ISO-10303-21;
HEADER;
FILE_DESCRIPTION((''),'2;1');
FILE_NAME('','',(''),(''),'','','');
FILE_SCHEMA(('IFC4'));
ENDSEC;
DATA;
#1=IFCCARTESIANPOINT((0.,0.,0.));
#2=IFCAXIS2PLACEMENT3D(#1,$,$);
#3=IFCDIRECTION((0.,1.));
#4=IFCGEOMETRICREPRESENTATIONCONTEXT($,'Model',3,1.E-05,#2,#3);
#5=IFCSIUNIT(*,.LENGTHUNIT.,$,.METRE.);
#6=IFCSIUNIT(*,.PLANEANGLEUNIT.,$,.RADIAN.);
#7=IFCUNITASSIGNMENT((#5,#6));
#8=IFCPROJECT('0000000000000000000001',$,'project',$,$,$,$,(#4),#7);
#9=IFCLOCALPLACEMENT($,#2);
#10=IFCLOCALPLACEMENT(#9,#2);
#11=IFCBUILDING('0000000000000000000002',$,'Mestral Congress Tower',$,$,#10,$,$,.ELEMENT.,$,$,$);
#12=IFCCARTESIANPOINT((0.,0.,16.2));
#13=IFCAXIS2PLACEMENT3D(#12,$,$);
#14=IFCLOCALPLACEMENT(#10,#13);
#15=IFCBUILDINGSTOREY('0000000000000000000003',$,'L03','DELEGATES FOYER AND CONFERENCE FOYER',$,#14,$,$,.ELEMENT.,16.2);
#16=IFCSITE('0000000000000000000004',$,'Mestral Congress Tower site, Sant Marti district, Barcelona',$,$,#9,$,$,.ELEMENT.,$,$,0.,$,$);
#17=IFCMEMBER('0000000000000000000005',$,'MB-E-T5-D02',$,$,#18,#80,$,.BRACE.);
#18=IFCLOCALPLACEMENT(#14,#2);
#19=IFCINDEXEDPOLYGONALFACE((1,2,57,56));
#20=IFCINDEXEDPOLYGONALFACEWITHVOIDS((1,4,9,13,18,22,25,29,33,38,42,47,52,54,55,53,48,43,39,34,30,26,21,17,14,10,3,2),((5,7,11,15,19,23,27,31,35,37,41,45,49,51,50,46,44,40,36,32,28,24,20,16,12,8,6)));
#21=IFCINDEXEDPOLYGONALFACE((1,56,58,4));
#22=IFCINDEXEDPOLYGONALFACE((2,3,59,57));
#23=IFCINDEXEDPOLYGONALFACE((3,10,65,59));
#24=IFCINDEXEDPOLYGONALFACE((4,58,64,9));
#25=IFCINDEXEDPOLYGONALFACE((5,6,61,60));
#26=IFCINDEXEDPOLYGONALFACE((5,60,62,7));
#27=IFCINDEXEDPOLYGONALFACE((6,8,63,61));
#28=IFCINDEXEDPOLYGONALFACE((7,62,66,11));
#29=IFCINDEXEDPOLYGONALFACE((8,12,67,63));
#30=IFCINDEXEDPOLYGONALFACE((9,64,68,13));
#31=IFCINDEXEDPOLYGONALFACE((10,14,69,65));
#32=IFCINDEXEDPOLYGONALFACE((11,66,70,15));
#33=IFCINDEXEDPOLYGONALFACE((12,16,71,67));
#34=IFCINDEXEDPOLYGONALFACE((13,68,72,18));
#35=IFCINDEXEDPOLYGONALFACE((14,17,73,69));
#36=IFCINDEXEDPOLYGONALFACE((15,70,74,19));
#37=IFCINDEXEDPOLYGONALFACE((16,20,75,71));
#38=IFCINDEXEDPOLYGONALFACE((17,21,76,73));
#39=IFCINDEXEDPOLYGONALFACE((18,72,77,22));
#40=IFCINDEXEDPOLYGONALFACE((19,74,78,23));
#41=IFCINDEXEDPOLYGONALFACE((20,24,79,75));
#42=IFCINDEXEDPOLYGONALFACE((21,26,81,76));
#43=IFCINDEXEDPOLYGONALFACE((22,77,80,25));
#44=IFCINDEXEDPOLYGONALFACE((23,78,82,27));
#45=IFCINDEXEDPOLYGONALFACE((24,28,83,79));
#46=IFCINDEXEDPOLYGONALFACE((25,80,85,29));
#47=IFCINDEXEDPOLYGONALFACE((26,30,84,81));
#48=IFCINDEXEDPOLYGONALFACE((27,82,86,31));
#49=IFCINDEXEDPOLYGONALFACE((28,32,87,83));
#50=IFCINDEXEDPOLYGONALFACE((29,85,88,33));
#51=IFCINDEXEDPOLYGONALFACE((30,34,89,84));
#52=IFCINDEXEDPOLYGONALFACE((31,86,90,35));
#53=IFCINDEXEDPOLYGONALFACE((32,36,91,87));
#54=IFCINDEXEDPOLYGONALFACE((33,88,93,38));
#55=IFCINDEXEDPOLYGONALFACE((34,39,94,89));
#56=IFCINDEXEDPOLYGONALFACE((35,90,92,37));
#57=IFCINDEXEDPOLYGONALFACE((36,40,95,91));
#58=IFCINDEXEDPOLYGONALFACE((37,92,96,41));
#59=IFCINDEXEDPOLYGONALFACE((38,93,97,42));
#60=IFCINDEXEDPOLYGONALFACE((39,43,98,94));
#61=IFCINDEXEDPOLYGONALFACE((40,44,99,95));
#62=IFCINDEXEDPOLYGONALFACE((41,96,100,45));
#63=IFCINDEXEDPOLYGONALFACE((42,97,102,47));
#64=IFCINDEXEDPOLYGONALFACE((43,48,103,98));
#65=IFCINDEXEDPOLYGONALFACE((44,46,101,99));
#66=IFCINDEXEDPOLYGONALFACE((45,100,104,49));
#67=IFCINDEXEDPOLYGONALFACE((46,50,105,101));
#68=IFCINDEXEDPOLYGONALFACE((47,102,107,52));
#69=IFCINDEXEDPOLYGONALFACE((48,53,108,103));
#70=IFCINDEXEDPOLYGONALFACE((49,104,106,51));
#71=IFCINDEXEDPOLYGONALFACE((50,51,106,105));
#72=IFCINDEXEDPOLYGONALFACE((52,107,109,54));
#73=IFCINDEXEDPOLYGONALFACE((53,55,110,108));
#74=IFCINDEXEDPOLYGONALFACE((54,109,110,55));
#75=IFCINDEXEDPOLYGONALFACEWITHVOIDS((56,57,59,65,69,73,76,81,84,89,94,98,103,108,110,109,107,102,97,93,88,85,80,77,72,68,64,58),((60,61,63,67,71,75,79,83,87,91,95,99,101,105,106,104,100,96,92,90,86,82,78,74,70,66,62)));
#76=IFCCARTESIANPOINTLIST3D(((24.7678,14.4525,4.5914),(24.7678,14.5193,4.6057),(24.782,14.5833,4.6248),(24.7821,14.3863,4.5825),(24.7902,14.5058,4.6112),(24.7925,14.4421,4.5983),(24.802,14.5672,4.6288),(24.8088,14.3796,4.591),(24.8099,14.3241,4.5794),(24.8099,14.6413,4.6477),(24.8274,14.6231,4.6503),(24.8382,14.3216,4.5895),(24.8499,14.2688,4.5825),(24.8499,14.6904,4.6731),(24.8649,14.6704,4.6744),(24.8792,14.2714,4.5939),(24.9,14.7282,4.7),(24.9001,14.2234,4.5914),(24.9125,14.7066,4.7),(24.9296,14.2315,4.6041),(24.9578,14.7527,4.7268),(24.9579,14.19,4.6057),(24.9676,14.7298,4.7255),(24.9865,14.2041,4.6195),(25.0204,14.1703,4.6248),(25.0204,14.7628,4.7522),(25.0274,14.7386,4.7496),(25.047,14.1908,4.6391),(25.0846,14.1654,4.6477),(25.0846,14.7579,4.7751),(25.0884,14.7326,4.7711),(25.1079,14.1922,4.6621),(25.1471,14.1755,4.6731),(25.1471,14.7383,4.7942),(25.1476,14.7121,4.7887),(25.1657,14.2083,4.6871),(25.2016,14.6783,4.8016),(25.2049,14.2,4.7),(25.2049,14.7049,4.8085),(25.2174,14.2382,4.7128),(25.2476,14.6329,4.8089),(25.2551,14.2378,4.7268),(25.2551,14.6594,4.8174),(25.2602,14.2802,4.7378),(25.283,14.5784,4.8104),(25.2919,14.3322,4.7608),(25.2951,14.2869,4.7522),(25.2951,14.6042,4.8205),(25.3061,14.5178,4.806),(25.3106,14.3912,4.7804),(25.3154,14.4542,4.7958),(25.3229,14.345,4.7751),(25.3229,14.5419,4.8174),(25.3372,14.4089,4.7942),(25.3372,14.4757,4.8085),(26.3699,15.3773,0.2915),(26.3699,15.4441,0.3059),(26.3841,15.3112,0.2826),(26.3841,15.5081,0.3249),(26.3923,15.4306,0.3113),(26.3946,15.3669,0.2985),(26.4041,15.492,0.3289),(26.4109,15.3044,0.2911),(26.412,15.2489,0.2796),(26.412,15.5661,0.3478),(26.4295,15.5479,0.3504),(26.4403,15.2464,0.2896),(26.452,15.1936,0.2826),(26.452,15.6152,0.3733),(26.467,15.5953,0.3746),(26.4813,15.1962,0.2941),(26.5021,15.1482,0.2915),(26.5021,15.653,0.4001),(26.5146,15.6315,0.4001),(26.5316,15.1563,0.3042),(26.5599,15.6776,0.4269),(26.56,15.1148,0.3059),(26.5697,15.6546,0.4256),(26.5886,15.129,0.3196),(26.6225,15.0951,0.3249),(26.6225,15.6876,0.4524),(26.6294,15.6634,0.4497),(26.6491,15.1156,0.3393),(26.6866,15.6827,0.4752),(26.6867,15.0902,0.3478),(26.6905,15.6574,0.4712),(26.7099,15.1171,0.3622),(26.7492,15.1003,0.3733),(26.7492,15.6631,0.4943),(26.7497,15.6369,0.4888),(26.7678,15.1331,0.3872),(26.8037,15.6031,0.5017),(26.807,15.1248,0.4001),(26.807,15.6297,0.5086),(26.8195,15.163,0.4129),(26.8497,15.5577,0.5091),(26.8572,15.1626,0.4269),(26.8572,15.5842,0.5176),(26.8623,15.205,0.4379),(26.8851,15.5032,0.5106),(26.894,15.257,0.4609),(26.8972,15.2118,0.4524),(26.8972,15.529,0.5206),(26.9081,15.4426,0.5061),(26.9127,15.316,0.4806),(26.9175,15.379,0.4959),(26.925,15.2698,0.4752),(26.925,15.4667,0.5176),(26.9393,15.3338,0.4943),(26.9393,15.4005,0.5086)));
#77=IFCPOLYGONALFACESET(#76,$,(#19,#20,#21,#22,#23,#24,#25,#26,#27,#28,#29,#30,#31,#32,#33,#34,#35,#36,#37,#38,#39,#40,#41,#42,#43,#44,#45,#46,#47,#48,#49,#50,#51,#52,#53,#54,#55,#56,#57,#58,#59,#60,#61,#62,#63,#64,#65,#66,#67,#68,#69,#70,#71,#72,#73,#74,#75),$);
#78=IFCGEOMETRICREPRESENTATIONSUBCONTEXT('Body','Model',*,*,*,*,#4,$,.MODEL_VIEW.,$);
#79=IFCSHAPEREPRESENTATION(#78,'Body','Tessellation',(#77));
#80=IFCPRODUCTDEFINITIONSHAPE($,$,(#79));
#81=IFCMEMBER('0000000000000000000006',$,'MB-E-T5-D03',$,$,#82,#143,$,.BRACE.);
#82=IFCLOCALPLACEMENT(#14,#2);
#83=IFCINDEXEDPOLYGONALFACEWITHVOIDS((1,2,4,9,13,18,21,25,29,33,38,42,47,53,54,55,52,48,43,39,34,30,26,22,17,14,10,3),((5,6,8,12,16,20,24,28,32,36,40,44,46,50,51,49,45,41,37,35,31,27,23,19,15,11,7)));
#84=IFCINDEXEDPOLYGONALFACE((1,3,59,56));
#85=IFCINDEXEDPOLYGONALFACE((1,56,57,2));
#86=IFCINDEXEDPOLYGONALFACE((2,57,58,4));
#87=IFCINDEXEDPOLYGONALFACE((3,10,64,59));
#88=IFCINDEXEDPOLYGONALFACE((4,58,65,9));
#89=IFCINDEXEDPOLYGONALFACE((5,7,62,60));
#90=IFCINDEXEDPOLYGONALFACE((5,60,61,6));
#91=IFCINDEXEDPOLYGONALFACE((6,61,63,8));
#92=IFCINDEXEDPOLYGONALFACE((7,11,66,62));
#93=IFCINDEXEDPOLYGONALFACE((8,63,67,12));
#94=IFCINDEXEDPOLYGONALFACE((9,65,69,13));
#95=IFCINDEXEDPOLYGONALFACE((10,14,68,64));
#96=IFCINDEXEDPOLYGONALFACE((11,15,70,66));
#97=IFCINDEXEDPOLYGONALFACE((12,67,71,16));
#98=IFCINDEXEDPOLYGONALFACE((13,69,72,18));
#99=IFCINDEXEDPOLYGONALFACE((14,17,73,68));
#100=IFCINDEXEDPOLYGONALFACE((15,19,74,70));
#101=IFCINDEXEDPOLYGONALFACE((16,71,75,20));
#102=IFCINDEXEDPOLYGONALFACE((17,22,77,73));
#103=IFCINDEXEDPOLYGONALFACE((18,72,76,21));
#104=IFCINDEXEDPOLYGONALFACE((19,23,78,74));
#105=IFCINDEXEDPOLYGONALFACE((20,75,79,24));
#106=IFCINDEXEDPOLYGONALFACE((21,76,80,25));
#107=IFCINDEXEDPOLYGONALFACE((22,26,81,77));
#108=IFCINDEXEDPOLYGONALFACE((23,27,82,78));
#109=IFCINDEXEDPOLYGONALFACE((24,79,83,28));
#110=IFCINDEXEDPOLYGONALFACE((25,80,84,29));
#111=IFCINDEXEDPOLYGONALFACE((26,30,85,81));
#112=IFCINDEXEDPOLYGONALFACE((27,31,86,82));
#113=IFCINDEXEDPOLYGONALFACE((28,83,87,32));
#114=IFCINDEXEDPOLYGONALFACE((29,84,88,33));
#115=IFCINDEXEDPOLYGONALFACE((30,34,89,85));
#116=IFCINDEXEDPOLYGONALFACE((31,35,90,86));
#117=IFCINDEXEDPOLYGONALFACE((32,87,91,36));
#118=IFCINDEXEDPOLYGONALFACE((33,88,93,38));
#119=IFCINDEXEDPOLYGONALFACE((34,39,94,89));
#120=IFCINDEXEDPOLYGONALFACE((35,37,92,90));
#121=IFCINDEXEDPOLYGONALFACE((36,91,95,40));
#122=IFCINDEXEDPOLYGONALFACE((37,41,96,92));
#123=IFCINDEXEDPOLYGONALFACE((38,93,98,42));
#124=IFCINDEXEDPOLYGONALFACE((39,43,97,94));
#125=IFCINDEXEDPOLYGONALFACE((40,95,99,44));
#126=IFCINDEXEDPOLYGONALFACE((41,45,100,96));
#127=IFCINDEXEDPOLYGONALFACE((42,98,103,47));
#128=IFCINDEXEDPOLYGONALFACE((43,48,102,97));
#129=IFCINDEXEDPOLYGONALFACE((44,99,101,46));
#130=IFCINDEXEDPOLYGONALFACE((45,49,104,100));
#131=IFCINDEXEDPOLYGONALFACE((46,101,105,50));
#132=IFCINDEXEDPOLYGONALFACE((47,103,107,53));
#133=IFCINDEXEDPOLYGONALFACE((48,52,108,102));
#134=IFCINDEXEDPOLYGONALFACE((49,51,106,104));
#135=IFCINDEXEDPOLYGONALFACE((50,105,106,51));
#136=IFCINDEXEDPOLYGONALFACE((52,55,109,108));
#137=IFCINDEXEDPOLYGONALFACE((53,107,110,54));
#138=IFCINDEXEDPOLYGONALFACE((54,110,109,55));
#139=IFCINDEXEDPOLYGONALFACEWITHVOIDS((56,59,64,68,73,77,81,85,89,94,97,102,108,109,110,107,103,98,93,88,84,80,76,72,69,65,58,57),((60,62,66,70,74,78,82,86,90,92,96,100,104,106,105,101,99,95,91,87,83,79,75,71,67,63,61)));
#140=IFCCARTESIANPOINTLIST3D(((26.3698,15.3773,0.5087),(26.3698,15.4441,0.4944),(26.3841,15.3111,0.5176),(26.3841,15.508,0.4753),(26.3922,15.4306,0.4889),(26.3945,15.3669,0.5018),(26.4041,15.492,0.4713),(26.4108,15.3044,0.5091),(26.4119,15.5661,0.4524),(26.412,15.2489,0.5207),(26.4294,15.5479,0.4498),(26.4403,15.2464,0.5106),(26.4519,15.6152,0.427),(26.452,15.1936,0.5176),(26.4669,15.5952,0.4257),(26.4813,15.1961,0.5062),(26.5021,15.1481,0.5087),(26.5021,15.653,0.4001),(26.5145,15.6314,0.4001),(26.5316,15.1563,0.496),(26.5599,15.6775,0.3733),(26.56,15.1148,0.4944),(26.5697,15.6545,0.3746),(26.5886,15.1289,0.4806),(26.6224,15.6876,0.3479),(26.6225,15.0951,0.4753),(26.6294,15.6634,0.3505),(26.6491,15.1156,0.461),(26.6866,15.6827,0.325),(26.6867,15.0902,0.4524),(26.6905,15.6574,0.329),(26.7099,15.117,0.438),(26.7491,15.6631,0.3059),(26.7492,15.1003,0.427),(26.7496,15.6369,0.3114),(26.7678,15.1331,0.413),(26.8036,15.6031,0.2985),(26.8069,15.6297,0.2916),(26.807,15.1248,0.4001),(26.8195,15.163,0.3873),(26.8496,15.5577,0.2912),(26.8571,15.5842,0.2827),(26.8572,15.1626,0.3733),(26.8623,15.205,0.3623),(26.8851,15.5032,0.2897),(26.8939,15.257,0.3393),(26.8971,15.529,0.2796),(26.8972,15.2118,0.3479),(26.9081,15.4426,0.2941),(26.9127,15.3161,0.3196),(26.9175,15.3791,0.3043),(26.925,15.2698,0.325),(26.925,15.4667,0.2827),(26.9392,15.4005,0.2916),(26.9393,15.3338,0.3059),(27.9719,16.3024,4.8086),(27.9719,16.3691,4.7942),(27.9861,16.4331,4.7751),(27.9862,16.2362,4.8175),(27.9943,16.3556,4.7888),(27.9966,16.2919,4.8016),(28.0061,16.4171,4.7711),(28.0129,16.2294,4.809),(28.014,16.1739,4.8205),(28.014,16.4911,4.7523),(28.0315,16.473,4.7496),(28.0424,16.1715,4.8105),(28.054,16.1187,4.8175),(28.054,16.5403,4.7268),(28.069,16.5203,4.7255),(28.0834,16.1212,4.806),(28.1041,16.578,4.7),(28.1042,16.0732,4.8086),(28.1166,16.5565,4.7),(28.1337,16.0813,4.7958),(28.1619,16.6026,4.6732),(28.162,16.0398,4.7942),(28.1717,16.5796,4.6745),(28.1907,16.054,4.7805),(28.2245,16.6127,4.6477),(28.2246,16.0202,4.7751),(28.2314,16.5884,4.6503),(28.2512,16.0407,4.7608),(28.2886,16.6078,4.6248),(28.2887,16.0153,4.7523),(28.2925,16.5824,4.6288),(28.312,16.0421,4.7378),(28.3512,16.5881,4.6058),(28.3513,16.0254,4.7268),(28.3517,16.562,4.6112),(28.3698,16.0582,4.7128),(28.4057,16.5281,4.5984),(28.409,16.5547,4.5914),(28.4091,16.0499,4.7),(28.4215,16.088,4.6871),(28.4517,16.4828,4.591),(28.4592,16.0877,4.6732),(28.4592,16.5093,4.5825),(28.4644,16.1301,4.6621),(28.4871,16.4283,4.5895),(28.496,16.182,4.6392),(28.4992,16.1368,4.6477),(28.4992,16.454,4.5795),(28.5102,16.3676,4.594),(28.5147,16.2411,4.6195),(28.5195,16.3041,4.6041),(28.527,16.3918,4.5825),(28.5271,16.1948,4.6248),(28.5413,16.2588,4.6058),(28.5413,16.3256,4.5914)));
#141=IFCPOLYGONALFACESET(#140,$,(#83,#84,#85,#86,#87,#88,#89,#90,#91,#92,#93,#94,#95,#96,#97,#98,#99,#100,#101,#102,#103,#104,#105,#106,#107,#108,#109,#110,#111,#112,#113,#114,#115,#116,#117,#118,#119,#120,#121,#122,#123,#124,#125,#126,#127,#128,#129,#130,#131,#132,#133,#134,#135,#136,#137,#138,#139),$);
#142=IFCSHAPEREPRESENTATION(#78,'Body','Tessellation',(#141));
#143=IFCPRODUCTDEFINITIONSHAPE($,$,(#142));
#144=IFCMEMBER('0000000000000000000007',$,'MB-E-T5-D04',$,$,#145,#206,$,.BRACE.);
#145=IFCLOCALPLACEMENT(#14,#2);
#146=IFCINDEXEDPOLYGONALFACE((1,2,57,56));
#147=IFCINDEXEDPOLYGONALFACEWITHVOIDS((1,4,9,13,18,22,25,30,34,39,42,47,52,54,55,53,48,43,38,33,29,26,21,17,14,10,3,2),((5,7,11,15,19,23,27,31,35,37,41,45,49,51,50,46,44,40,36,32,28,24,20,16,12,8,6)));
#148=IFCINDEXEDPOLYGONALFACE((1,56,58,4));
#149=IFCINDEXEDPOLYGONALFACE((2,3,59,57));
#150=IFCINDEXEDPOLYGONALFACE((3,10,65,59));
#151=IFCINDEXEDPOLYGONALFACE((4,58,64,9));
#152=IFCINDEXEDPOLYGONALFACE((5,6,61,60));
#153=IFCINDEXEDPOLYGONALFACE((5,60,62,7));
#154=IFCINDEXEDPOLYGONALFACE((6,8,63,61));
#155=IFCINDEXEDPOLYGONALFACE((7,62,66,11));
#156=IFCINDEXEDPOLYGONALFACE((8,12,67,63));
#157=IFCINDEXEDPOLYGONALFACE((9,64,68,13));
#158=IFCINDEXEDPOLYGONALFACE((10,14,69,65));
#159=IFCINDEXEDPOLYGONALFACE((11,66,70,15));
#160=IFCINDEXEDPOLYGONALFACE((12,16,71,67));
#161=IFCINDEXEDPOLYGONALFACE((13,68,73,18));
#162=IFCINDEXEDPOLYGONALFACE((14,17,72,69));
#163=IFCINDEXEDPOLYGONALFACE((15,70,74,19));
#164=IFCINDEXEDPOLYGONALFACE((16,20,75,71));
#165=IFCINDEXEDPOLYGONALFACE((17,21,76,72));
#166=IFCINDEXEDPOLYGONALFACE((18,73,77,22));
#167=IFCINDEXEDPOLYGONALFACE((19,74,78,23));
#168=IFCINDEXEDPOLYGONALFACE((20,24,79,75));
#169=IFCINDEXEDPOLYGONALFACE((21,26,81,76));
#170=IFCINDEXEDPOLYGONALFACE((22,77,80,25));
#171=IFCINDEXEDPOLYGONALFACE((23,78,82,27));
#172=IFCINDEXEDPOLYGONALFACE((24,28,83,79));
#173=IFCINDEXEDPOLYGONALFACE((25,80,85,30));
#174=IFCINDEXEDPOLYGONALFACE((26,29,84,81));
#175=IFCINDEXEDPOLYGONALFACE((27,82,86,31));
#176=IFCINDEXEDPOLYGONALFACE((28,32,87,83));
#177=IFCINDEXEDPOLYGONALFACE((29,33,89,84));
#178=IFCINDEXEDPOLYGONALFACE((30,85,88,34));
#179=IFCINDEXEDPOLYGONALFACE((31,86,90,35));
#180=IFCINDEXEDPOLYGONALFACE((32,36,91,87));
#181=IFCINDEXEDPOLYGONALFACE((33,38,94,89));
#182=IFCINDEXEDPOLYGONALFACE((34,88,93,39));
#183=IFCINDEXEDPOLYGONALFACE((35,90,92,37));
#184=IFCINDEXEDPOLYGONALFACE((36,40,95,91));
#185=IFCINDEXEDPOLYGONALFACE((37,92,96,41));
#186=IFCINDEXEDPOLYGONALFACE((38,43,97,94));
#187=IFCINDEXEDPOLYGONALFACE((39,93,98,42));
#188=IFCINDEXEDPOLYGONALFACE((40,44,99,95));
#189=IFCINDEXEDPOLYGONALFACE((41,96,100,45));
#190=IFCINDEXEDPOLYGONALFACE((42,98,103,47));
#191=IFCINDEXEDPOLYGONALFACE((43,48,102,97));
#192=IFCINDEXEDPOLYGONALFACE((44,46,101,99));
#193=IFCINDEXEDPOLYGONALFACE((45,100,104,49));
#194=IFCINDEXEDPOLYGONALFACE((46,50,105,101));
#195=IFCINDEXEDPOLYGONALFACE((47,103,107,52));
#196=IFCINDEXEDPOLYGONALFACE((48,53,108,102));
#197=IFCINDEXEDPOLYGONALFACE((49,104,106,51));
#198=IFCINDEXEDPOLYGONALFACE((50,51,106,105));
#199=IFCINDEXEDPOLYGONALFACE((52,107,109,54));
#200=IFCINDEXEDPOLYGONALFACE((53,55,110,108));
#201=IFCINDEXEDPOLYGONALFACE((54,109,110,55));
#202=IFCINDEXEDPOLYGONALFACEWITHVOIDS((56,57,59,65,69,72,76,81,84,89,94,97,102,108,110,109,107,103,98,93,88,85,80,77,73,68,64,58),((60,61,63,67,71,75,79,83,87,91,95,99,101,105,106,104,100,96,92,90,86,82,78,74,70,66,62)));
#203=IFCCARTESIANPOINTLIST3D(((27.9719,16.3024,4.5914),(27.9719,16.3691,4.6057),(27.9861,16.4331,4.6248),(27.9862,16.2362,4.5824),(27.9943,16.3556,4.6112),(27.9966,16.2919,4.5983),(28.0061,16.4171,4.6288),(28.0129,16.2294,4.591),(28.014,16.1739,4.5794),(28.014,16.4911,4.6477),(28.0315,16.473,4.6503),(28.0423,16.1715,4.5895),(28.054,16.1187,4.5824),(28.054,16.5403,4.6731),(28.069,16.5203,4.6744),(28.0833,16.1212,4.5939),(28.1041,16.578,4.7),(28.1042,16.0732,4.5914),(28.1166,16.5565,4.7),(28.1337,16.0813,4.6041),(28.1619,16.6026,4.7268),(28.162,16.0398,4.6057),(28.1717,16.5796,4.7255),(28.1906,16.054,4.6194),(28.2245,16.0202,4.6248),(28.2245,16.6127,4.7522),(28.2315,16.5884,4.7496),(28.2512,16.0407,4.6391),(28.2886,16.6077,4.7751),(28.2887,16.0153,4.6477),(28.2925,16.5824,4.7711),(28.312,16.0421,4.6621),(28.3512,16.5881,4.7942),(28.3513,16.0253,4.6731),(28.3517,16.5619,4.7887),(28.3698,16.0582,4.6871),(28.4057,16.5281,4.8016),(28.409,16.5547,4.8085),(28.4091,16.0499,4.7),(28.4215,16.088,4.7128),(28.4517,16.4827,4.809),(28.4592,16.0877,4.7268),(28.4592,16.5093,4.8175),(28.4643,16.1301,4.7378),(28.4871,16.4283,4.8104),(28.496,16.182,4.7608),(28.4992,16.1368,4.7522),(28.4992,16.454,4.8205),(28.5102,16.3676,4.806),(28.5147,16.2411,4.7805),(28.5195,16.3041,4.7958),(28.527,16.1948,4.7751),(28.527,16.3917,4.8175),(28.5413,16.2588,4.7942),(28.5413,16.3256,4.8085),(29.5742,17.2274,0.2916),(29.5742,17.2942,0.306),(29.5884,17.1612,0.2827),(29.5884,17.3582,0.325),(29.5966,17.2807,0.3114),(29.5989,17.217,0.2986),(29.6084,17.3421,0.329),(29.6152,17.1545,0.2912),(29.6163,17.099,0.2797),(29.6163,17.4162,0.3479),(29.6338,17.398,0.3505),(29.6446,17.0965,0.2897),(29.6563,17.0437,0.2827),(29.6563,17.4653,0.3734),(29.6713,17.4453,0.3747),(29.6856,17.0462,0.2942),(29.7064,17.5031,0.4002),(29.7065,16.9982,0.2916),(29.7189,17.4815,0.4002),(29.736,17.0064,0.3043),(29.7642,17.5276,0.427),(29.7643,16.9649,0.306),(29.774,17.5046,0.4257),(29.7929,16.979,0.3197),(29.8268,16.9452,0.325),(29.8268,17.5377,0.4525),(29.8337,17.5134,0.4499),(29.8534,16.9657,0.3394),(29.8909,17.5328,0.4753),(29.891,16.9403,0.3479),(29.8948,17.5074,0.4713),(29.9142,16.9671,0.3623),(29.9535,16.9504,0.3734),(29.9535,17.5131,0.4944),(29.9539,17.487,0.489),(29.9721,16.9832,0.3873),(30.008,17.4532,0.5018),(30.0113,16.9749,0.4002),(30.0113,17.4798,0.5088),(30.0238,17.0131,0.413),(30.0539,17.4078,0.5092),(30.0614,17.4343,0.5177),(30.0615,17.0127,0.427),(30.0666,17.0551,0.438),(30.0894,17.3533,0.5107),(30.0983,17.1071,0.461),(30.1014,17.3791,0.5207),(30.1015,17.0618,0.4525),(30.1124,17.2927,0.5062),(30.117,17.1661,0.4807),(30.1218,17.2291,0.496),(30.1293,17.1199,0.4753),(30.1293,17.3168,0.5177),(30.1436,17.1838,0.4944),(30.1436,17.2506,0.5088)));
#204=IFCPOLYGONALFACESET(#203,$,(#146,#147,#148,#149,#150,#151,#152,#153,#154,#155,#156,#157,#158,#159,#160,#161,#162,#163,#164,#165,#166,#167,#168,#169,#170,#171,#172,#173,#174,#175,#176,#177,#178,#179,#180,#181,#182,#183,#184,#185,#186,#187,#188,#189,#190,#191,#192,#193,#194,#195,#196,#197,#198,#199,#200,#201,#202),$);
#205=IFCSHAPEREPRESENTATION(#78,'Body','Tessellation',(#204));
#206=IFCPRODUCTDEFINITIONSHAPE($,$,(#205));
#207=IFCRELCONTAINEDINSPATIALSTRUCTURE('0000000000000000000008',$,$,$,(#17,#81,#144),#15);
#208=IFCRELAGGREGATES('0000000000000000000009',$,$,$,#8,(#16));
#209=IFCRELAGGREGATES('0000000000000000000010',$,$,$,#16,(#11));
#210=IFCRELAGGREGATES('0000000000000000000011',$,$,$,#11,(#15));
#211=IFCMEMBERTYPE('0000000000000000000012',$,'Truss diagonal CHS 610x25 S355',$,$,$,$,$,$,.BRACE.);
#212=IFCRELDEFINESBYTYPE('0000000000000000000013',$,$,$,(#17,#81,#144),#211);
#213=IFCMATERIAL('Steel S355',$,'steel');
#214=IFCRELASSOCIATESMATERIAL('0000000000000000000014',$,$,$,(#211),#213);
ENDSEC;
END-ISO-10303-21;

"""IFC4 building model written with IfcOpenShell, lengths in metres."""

from ifc_helpers import new_model, si_unit, direction, frame, origin, origin_2d, place, context, subcontext, project, spatial, hollow_circle, extrude, material, material_profile, profile_set, type_object, element, save


model = new_model("IFC4")

# Units and contexts
model_context = context("Model", 3, precision=1e-05, world=origin(), true_north=direction((0.0, 1.0)))
body_context = subcontext(model_context, "Body", "Model", "MODEL_VIEW")
ifc_project = project(units=[si_unit("LENGTHUNIT", "METRE"), si_unit("PLANEANGLEUNIT", "RADIAN")], contexts=[model_context])

# Site, building, storey
site_placement = place(None, origin())
site = spatial("IfcSite", under=ifc_project, at=site_placement, Name="Mestral Congress Tower site, Sant Marti district, Barcelona", CompositionType="ELEMENT", RefElevation=0.0)
building_placement = place(site_placement, origin())
building = spatial("IfcBuilding", under=site, at=building_placement, Name="Mestral Congress Tower", CompositionType="ELEMENT")
storey_placement = place(building_placement, frame((0.0, 0.0, 16.2)))
storey = spatial("IfcBuildingStorey", under=building, at=storey_placement, Name="L03", Description="DELEGATES FOYER AND CONFERENCE FOYER", CompositionType="ELEMENT", Elevation=16.2)

# Members
ifc_material_1 = material(Name="Steel S355", Category="steel")
ifc_material_profile_1 = material_profile(ifc_material_1, hollow_circle(Radius=0.3049, WallThickness=0.0249, at=origin_2d()), Name="CHS 610x25")
ifc_profile_set_1 = profile_set([ifc_material_profile_1], Name="Steel S355")
member_type_1 = type_object("IfcMemberType", Name="Truss diagonal CHS 610x25 S355", PredefinedType="BRACE", material=ifc_profile_set_1)
for number, where, z_axis, x_axis, name in (
    (1, (25.0525, 14.4641, 4.7), (0.342258, 0.197573, -0.918599), (-0.499943, 0.866058, 0.0), "MB-E-T5-D02"),
    (2, (26.6545, 15.3889, 0.4001), (0.342254, 0.197623, 0.91859), (-0.500042, 0.866001, 0.0), "MB-E-T5-D03"),
    (3, (28.2566, 16.314, 4.7), (0.342301, 0.197619, -0.918573), (-0.499985, 0.866034, 0.0), "MB-E-T5-D04"),
):
    element("IfcMember", number, at=place(storey_placement, frame(where, z_axis=z_axis, x_axis=x_axis)), inside=storey, type_object=member_type_1, Name=name, PredefinedType="BRACE", context=body_context, shape_type="SweptSolid", body=[
        extrude(hollow_circle(Radius=0.3049, WallThickness=0.0249, at=origin_2d()), origin(), (0.0, 0.0, 1.0), 4.6809),
    ])

save(model, "model.ifc")
